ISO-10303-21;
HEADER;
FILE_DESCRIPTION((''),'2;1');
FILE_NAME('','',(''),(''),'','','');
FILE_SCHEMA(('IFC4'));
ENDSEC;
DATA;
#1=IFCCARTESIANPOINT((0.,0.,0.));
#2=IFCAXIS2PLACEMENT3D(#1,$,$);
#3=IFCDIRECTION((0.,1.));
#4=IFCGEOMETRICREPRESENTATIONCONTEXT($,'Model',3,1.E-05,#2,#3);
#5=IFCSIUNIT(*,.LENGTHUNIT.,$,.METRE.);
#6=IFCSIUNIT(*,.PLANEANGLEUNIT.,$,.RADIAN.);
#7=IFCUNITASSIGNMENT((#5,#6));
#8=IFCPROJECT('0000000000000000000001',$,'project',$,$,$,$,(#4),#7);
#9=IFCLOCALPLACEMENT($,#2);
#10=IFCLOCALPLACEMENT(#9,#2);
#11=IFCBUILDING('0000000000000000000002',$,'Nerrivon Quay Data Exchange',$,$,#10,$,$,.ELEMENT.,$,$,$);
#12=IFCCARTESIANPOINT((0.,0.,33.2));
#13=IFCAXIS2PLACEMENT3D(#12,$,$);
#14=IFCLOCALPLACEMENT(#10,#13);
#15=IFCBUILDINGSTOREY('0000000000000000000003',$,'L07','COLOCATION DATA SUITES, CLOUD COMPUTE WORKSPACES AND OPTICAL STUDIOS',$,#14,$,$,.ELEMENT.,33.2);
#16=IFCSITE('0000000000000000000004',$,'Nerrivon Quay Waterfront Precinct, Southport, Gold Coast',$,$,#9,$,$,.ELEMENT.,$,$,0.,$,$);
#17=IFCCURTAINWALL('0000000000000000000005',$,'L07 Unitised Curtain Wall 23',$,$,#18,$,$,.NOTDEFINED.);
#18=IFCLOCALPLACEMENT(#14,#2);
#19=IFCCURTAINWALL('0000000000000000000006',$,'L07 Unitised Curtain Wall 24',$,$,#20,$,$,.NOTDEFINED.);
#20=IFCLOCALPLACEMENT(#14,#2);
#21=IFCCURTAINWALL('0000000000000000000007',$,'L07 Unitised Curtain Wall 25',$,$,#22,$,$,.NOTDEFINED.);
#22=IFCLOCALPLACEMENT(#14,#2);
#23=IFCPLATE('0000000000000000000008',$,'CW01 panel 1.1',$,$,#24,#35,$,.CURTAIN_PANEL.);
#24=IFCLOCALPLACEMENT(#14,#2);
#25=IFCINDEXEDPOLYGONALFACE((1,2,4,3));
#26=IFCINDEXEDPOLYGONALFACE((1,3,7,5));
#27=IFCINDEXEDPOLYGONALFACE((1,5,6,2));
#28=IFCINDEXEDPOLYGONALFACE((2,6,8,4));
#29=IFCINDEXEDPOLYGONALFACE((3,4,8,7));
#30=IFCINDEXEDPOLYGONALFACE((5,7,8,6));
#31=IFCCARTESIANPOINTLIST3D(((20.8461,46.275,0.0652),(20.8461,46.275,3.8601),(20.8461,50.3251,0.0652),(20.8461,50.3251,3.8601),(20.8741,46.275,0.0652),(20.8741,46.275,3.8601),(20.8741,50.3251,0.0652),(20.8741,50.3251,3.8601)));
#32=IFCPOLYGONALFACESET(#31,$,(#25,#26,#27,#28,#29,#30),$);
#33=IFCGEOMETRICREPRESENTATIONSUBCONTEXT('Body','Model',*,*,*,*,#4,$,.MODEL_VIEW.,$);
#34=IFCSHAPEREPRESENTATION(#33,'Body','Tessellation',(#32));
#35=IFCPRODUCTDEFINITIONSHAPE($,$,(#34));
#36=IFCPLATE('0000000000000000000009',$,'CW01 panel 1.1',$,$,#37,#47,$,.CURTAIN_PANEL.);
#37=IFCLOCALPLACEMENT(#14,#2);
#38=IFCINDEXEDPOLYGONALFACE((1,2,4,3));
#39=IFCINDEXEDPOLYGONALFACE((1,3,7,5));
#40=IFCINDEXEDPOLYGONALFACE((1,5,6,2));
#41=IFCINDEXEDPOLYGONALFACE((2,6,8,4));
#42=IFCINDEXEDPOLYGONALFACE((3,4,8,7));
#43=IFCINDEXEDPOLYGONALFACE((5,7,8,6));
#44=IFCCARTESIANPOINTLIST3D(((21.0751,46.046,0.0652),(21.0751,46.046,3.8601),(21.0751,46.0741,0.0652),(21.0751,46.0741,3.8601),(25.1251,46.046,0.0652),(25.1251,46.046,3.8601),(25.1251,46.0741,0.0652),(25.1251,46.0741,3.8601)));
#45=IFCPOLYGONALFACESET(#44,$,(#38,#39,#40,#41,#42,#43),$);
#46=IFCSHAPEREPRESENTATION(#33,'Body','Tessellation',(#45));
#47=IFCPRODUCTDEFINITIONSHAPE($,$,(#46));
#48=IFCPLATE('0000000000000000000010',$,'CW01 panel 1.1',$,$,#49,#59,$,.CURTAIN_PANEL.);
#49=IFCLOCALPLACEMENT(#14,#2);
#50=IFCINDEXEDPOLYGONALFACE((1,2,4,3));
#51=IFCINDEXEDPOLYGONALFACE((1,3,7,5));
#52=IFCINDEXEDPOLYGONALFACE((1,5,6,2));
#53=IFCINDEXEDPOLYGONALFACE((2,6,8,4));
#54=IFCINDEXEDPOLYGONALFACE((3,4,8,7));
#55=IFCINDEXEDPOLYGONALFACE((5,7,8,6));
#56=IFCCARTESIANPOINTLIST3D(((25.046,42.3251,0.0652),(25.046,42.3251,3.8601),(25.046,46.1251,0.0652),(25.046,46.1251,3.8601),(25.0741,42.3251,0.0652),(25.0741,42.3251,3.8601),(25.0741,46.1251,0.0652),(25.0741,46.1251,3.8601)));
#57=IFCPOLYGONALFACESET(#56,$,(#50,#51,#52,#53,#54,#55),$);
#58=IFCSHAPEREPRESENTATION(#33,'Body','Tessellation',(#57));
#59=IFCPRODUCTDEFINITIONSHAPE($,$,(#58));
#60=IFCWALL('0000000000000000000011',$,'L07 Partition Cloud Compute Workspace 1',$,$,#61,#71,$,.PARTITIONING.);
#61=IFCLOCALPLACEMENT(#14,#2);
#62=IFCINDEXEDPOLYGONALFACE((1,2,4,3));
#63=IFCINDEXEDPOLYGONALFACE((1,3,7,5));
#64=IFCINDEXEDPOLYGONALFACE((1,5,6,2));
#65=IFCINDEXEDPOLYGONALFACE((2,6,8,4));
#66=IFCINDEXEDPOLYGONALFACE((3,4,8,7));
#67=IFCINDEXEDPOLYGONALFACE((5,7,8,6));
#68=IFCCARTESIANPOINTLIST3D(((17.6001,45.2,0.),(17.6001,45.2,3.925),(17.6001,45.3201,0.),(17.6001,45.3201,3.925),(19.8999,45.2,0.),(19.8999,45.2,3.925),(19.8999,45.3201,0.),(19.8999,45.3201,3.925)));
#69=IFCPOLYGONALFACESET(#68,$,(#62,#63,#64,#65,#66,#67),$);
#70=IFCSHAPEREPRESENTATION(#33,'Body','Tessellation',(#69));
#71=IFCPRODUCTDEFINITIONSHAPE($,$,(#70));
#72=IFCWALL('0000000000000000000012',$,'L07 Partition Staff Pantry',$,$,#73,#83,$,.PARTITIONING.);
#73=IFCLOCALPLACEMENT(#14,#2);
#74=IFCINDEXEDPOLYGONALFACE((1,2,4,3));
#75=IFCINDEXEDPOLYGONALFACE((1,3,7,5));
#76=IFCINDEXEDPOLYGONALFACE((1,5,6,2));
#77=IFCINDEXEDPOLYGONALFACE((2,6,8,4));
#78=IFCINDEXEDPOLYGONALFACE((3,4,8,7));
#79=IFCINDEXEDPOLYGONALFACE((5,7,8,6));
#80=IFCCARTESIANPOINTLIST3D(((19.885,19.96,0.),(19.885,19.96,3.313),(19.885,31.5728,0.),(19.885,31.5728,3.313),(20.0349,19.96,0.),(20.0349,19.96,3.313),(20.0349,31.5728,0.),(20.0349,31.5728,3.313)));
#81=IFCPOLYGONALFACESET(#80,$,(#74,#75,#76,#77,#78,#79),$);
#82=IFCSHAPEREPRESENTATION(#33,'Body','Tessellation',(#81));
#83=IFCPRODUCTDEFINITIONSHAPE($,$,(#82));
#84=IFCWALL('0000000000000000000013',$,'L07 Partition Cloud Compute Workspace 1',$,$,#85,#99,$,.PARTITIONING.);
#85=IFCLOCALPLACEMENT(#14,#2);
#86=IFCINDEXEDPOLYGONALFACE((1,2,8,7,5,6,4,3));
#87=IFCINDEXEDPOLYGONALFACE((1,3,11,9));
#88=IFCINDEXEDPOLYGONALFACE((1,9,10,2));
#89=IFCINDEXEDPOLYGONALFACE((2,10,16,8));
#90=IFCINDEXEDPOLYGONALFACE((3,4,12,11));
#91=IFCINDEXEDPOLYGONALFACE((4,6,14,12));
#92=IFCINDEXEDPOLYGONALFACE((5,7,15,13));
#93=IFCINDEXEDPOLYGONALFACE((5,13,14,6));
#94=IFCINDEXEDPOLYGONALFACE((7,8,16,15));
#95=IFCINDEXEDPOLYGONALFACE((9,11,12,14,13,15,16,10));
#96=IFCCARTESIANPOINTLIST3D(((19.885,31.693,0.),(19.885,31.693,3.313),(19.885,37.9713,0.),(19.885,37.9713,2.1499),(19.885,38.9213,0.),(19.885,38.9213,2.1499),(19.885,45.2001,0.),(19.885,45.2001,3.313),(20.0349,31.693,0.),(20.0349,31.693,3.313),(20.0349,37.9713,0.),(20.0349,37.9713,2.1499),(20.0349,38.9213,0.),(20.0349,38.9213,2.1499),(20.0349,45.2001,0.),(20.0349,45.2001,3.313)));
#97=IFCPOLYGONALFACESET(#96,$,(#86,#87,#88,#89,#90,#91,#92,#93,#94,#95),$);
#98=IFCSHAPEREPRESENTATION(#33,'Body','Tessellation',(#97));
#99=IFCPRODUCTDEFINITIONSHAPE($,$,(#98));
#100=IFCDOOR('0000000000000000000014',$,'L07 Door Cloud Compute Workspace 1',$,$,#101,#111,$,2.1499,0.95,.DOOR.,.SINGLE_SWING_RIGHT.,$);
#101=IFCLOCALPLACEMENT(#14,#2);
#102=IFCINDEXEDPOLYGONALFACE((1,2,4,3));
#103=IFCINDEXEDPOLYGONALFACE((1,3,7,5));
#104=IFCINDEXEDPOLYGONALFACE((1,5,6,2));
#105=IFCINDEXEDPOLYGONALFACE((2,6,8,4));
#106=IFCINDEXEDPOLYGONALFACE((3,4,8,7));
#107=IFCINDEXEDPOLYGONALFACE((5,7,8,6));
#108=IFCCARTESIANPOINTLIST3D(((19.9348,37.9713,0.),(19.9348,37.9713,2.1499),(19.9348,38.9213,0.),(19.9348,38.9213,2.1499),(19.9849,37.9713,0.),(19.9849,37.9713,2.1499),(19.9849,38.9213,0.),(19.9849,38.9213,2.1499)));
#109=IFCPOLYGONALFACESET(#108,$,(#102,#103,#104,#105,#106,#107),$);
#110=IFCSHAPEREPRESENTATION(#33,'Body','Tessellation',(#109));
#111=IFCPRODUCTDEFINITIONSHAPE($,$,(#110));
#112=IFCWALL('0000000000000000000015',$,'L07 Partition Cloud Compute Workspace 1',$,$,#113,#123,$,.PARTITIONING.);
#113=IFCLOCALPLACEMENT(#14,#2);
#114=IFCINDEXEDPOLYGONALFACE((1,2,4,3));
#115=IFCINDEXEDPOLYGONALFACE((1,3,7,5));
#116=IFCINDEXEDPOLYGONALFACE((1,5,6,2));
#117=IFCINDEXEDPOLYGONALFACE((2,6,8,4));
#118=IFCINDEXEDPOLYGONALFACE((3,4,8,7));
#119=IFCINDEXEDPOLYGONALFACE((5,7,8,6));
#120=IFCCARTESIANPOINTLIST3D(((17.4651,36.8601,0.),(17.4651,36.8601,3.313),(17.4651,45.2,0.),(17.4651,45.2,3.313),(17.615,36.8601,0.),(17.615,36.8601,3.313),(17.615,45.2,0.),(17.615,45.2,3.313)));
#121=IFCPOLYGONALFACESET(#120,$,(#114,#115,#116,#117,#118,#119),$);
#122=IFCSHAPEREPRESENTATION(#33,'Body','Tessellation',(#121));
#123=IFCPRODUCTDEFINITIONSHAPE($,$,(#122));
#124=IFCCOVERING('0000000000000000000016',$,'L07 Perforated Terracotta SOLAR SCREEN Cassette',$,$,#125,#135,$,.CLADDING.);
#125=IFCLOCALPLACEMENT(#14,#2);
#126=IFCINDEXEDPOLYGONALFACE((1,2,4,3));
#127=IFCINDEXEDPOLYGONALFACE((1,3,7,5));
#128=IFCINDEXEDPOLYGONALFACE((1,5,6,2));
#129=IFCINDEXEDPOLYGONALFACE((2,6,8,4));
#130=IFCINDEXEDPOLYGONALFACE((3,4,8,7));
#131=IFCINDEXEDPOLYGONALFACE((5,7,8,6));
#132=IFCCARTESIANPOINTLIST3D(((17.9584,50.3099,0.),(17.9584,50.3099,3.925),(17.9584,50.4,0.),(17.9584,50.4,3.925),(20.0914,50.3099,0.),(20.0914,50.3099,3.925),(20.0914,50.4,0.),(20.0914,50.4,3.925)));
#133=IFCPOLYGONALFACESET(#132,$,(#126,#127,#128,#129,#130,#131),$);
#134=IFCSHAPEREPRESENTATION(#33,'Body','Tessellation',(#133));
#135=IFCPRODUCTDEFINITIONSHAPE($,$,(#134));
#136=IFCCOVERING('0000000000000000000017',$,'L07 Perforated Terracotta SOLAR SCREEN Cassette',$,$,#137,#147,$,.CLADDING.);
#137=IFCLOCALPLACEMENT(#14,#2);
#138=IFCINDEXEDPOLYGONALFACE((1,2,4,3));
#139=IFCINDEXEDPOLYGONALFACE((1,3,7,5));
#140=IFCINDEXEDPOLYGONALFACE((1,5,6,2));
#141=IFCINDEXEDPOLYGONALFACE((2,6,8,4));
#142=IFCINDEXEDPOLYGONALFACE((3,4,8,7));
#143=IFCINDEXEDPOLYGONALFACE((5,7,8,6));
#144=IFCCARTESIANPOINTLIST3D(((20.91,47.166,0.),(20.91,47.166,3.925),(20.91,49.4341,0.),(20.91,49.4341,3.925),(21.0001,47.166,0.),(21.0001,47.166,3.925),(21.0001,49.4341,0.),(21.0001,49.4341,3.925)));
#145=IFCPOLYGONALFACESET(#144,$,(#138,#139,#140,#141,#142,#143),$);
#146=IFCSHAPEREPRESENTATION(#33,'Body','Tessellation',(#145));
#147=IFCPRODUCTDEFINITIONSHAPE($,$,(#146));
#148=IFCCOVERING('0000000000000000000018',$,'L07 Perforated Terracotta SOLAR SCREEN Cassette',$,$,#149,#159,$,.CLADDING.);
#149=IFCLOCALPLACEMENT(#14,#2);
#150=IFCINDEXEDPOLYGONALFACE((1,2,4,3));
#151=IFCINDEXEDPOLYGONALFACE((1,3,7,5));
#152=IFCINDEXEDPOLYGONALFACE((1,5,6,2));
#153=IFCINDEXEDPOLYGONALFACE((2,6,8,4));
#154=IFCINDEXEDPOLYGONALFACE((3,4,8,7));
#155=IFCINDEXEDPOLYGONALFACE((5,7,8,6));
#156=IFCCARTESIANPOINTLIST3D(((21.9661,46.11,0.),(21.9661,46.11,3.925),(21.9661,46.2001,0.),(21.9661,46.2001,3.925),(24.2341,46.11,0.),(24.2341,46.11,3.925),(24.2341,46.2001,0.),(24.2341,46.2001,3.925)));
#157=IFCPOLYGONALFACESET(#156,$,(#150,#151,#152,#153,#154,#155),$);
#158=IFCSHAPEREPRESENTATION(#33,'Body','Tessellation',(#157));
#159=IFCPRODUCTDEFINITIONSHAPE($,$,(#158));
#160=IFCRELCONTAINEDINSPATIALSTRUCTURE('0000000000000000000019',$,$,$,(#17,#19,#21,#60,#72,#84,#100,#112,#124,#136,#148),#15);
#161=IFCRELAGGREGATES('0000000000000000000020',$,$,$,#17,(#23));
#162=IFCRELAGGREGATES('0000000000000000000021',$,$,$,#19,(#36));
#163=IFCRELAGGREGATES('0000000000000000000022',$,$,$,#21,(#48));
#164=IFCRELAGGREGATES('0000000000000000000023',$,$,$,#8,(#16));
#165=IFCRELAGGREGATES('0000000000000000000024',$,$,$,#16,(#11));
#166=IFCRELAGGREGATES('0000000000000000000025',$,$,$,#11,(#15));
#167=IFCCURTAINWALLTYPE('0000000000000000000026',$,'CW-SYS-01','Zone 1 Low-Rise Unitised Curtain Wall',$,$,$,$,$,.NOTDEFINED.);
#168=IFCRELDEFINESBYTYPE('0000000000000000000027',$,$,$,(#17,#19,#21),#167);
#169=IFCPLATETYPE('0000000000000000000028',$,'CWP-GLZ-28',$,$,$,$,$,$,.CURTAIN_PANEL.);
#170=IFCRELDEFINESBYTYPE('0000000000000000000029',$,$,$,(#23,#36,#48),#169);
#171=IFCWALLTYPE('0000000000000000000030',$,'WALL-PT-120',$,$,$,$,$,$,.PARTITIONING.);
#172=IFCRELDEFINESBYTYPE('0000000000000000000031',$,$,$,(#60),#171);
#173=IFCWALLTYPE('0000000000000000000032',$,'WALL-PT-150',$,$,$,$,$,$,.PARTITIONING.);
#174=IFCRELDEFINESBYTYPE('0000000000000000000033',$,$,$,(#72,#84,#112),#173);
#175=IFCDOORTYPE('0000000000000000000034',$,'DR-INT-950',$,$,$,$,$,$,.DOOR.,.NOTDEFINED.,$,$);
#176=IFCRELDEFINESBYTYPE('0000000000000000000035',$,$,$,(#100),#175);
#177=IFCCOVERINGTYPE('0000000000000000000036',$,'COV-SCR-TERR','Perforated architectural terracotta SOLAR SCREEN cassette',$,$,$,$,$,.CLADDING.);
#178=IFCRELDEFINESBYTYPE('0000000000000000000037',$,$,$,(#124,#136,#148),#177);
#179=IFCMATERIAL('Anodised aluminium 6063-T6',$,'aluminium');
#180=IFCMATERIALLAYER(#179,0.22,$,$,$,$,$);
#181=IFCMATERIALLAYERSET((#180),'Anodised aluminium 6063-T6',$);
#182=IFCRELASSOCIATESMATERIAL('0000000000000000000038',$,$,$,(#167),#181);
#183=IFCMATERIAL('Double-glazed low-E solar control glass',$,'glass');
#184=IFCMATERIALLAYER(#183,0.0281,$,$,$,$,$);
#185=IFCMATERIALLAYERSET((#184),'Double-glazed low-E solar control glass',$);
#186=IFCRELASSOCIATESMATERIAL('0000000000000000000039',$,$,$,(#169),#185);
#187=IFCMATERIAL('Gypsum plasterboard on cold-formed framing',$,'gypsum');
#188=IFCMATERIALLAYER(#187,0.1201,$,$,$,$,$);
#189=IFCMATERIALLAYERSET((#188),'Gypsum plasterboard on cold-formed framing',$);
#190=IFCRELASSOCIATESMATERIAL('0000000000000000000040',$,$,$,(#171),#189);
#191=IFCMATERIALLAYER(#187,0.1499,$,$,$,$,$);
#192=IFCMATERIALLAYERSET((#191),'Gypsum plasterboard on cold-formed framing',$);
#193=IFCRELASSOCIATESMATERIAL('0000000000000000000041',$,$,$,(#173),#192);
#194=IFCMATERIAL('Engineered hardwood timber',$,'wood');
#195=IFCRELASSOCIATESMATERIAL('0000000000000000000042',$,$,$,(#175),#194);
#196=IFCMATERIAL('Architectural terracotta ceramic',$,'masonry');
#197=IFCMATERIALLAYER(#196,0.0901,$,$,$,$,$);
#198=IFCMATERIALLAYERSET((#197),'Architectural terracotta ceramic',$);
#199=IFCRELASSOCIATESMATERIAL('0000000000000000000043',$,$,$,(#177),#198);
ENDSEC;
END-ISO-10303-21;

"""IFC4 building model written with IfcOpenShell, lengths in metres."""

from ifc_helpers import new_model, si_unit, direction, frame, frame_2d, origin, origin_2d, place, context, subcontext, project, spatial, rectangle, extrude, material, layer, layer_set, type_object, element, fill, aggregate, save


model = new_model("IFC4")

# Units and contexts
model_context = context("Model", 3, precision=1e-05, world=origin(), true_north=direction((0.0, 1.0)))
body_context = subcontext(model_context, "Body", "Model", "MODEL_VIEW")
ifc_project = project(units=[si_unit("LENGTHUNIT", "METRE"), si_unit("PLANEANGLEUNIT", "RADIAN")], contexts=[model_context])

# Site, building, storey
site_placement = place(None, origin())
site = spatial("IfcSite", under=ifc_project, at=site_placement, Name="Nerrivon Quay Waterfront Precinct, Southport, Gold Coast", CompositionType="ELEMENT", RefElevation=0.0)
building_placement = place(site_placement, origin())
building = spatial("IfcBuilding", under=site, at=building_placement, Name="Nerrivon Quay Data Exchange", CompositionType="ELEMENT")
storey_placement = place(building_placement, frame((0.0, 0.0, 33.2)))
storey = spatial("IfcBuildingStorey", under=building, at=storey_placement, Name="L07", Description="COLOCATION DATA SUITES, CLOUD COMPUTE WORKSPACES AND OPTICAL STUDIOS", CompositionType="ELEMENT", Elevation=33.2)

# Shared definitions
ifc_material_1 = material(Name="Anodised aluminium 6063-T6", Category="aluminium")
ifc_layer_1 = layer(ifc_material_1, 0.22)
ifc_layer_set_1 = layer_set([ifc_layer_1], Name="Anodised aluminium 6063-T6")
curtain_wall_type = type_object("IfcCurtainWallType", Name="CW-SYS-01", Description="Zone 1 Low-Rise Unitised Curtain Wall", PredefinedType="NOTDEFINED", material=ifc_layer_set_1)

# Curtain wall
curtain_wall_1_placement = place(storey_placement, origin())
curtain_wall_1 = element("IfcCurtainWall", 1, at=curtain_wall_1_placement, inside=storey, type_object=curtain_wall_type, Name="L07 Unitised Curtain Wall 23", PredefinedType="NOTDEFINED")

# Curtain walls
curtain_wall_2_placement = place(storey_placement, origin())
curtain_wall_2 = element("IfcCurtainWall", 2, at=curtain_wall_2_placement, inside=storey, type_object=curtain_wall_type, Name="L07 Unitised Curtain Wall 24", PredefinedType="NOTDEFINED")
curtain_wall_3_placement = place(storey_placement, origin())
curtain_wall_3 = element("IfcCurtainWall", 3, at=curtain_wall_3_placement, inside=storey, type_object=curtain_wall_type, Name="L07 Unitised Curtain Wall 25", PredefinedType="NOTDEFINED")

# Plates
ifc_material_2 = material(Name="Double-glazed low-E solar control glass", Category="glass")
ifc_layer_2 = layer(ifc_material_2, 0.0281)
ifc_layer_set_2 = layer_set([ifc_layer_2], Name="Double-glazed low-E solar control glass")
plate_type = type_object("IfcPlateType", Name="CWP-GLZ-28", PredefinedType="CURTAIN_PANEL", material=ifc_layer_set_2)
plate_1_placement = place(storey_placement, frame((20.8601, 48.3, 0.0652), z_axis=(0.0, 0.0, 1.0), x_axis=(0.0, -1.0, 0.0)))
plate_1 = element("IfcPlate", 4, at=plate_1_placement, type_object=plate_type, Name="CW01 panel 1.1", PredefinedType="CURTAIN_PANEL", context=body_context, shape_type="SweptSolid", body=[
    extrude(rectangle(XDim=4.05, YDim=0.0281, at=origin_2d()), origin(), (0.0, 0.0, 1.0), 3.7949),
])
aggregate(curtain_wall_1, [plate_1])
plate_2_placement = place(storey_placement, frame((23.1001, 46.0601, 0.0652), z_axis=(0.0, 0.0, 1.0), x_axis=(1.0, 0.0, 0.0)))
plate_2 = element("IfcPlate", 5, at=plate_2_placement, type_object=plate_type, Name="CW01 panel 1.1", PredefinedType="CURTAIN_PANEL", context=body_context, shape_type="SweptSolid", body=[
    extrude(rectangle(XDim=4.05, YDim=0.0281, at=origin_2d()), origin(), (0.0, 0.0, 1.0), 3.7949),
])
aggregate(curtain_wall_2, [plate_2])
plate_3_placement = place(storey_placement, frame((25.0601, 44.2251, 0.0652), z_axis=(0.0, 0.0, 1.0), x_axis=(0.0, -1.0, 0.0)))
plate_3 = element("IfcPlate", 6, at=plate_3_placement, type_object=plate_type, Name="CW01 panel 1.1", PredefinedType="CURTAIN_PANEL", context=body_context, shape_type="SweptSolid", body=[
    extrude(rectangle(XDim=3.8, YDim=0.0281, at=origin_2d()), origin(), (0.0, 0.0, 1.0), 3.7949),
])
aggregate(curtain_wall_3, [plate_3])

# Walls
ifc_material_3 = material(Name="Gypsum plasterboard on cold-formed framing", Category="gypsum")
ifc_layer_3 = layer(ifc_material_3, 0.1201)
ifc_layer_set_3 = layer_set([ifc_layer_3], Name="Gypsum plasterboard on cold-formed framing")
wall_type_1 = type_object("IfcWallType", Name="WALL-PT-120", PredefinedType="PARTITIONING", material=ifc_layer_set_3)
wall_1_placement = place(storey_placement, frame((17.6001, 45.26, 0.0), z_axis=(0.0, 0.0, 1.0), x_axis=(1.0, 0.0, 0.0)))
element("IfcWall", 7, at=wall_1_placement, inside=storey, type_object=wall_type_1, Name="L07 Partition Cloud Compute Workspace 1", PredefinedType="PARTITIONING", context=body_context, shape_type="SweptSolid", body=[
    extrude(rectangle(XDim=2.2998, YDim=0.1201, at=frame_2d((1.1499, 0.0))), origin(), (0.0, 0.0, 1.0), 3.925),
])
ifc_layer_4 = layer(ifc_material_3, 0.1499)
ifc_layer_set_4 = layer_set([ifc_layer_4], Name="Gypsum plasterboard on cold-formed framing")
wall_type_2 = type_object("IfcWallType", Name="WALL-PT-150", PredefinedType="PARTITIONING", material=ifc_layer_set_4)
wall_2_placement = place(storey_placement, frame((19.96, 31.5728, 0.0), z_axis=(0.0, 0.0, 1.0), x_axis=(0.0, -1.0, 0.0)))
element("IfcWall", 8, at=wall_2_placement, inside=storey, type_object=wall_type_2, Name="L07 Partition Staff Pantry", PredefinedType="PARTITIONING", context=body_context, shape_type="SweptSolid", body=[
    extrude(rectangle(XDim=11.6128, YDim=0.1499, at=frame_2d((5.8064, 0.0))), origin(), (0.0, 0.0, 1.0), 3.313),
])

# Wall, opening, door
wall_3_placement = place(storey_placement, frame((19.96, 45.2, 0.0), z_axis=(0.0, 0.0, 1.0), x_axis=(0.0, -1.0, 0.0)))
wall_3 = element("IfcWall", 9, at=wall_3_placement, inside=storey, type_object=wall_type_2, Name="L07 Partition Cloud Compute Workspace 1", PredefinedType="PARTITIONING", context=body_context, shape_type="SweptSolid", body=[
    extrude(rectangle(XDim=13.5071, YDim=0.1499, at=frame_2d((6.7534, 0.0))), origin(), (0.0, 0.0, 1.0), 3.313),
])
opening_placement = place(wall_3_placement, frame((6.2786, 0.0, 0.0)))
opening = element("IfcOpeningElement", 10, at=opening_placement, cuts=wall_3, PredefinedType="OPENING", context=body_context, shape_type="SweptSolid", body=[
    extrude(rectangle(XDim=0.95, YDim=2.1499, at=frame_2d((0.4751, 1.075))), frame((0.0, 0.085, 0.0), z_axis=(0.0, -1.0, 0.0), x_axis=(1.0, 0.0, 0.0)), (0.0, 0.0, 1.0), 0.1699),
])
ifc_material_4 = material(Name="Engineered hardwood timber", Category="wood")
door_type = type_object("IfcDoorType", Name="DR-INT-950", OperationType="NOTDEFINED", PredefinedType="DOOR", material=ifc_material_4)
door_placement = place(opening_placement, origin())
door = element("IfcDoor", 11, at=door_placement, inside=storey, type_object=door_type, Name="L07 Door Cloud Compute Workspace 1", OperationType="SINGLE_SWING_RIGHT", OverallHeight=2.1499, OverallWidth=0.95, PredefinedType="DOOR", context=body_context, shape_type="SweptSolid", body=[
    extrude(rectangle(XDim=0.95, YDim=2.1499, at=frame_2d((0.4751, 1.075))), frame((0.0, 0.0249, 0.0), z_axis=(0.0, -1.0, 0.0), x_axis=(1.0, 0.0, 0.0)), (0.0, 0.0, 1.0), 0.05),
])
fill(opening, door)

# Wall
wall_4_placement = place(storey_placement, frame((17.54, 36.8601, 0.0), z_axis=(0.0, 0.0, 1.0), x_axis=(0.0, 1.0, 0.0)))
element("IfcWall", 12, at=wall_4_placement, inside=storey, type_object=wall_type_2, Name="L07 Partition Cloud Compute Workspace 1", PredefinedType="PARTITIONING", context=body_context, shape_type="SweptSolid", body=[
    extrude(rectangle(XDim=8.3398, YDim=0.1499, at=frame_2d((4.1699, 0.0))), origin(), (0.0, 0.0, 1.0), 3.313),
])

# Coverings
ifc_material_5 = material(Name="Architectural terracotta ceramic", Category="masonry")
ifc_layer_5 = layer(ifc_material_5, 0.0901)
ifc_layer_set_5 = layer_set([ifc_layer_5], Name="Architectural terracotta ceramic")
covering_type = type_object("IfcCoveringType", Name="COV-SCR-TERR", Description="Perforated architectural terracotta SOLAR SCREEN cassette", PredefinedType="CLADDING", material=ifc_layer_set_5)
covering_placement = place(storey_placement, frame((19.0249, 50.355, 0.0), z_axis=(0.0, 0.0, 1.0), x_axis=(1.0, 0.0, 0.0)))
element("IfcCovering", 13, at=covering_placement, inside=storey, type_object=covering_type, Name="L07 Perforated Terracotta SOLAR SCREEN Cassette", PredefinedType="CLADDING", context=body_context, shape_type="SweptSolid", body=[
    extrude(rectangle(XDim=2.1331, YDim=0.0901, at=origin_2d()), origin(), (0.0, 0.0, 1.0), 3.925),
])
for number, where, z_axis, x_axis, name in (
    (14, (20.9551, 48.3, 0.0), (0.0, 0.0, 1.0), (0.0, -1.0, 0.0), "L07 Perforated Terracotta SOLAR SCREEN Cassette"),
    (15, (23.1001, 46.155, 0.0), (0.0, 0.0, 1.0), (1.0, 0.0, 0.0), "L07 Perforated Terracotta SOLAR SCREEN Cassette"),
):
    element("IfcCovering", number, at=place(storey_placement, frame(where, z_axis=z_axis, x_axis=x_axis)), inside=storey, type_object=covering_type, Name=name, PredefinedType="CLADDING", context=body_context, shape_type="SweptSolid", body=[
        extrude(rectangle(XDim=2.2681, YDim=0.0901, at=origin_2d()), origin(), (0.0, 0.0, 1.0), 3.925),
    ])

save(model, "model.ifc")
